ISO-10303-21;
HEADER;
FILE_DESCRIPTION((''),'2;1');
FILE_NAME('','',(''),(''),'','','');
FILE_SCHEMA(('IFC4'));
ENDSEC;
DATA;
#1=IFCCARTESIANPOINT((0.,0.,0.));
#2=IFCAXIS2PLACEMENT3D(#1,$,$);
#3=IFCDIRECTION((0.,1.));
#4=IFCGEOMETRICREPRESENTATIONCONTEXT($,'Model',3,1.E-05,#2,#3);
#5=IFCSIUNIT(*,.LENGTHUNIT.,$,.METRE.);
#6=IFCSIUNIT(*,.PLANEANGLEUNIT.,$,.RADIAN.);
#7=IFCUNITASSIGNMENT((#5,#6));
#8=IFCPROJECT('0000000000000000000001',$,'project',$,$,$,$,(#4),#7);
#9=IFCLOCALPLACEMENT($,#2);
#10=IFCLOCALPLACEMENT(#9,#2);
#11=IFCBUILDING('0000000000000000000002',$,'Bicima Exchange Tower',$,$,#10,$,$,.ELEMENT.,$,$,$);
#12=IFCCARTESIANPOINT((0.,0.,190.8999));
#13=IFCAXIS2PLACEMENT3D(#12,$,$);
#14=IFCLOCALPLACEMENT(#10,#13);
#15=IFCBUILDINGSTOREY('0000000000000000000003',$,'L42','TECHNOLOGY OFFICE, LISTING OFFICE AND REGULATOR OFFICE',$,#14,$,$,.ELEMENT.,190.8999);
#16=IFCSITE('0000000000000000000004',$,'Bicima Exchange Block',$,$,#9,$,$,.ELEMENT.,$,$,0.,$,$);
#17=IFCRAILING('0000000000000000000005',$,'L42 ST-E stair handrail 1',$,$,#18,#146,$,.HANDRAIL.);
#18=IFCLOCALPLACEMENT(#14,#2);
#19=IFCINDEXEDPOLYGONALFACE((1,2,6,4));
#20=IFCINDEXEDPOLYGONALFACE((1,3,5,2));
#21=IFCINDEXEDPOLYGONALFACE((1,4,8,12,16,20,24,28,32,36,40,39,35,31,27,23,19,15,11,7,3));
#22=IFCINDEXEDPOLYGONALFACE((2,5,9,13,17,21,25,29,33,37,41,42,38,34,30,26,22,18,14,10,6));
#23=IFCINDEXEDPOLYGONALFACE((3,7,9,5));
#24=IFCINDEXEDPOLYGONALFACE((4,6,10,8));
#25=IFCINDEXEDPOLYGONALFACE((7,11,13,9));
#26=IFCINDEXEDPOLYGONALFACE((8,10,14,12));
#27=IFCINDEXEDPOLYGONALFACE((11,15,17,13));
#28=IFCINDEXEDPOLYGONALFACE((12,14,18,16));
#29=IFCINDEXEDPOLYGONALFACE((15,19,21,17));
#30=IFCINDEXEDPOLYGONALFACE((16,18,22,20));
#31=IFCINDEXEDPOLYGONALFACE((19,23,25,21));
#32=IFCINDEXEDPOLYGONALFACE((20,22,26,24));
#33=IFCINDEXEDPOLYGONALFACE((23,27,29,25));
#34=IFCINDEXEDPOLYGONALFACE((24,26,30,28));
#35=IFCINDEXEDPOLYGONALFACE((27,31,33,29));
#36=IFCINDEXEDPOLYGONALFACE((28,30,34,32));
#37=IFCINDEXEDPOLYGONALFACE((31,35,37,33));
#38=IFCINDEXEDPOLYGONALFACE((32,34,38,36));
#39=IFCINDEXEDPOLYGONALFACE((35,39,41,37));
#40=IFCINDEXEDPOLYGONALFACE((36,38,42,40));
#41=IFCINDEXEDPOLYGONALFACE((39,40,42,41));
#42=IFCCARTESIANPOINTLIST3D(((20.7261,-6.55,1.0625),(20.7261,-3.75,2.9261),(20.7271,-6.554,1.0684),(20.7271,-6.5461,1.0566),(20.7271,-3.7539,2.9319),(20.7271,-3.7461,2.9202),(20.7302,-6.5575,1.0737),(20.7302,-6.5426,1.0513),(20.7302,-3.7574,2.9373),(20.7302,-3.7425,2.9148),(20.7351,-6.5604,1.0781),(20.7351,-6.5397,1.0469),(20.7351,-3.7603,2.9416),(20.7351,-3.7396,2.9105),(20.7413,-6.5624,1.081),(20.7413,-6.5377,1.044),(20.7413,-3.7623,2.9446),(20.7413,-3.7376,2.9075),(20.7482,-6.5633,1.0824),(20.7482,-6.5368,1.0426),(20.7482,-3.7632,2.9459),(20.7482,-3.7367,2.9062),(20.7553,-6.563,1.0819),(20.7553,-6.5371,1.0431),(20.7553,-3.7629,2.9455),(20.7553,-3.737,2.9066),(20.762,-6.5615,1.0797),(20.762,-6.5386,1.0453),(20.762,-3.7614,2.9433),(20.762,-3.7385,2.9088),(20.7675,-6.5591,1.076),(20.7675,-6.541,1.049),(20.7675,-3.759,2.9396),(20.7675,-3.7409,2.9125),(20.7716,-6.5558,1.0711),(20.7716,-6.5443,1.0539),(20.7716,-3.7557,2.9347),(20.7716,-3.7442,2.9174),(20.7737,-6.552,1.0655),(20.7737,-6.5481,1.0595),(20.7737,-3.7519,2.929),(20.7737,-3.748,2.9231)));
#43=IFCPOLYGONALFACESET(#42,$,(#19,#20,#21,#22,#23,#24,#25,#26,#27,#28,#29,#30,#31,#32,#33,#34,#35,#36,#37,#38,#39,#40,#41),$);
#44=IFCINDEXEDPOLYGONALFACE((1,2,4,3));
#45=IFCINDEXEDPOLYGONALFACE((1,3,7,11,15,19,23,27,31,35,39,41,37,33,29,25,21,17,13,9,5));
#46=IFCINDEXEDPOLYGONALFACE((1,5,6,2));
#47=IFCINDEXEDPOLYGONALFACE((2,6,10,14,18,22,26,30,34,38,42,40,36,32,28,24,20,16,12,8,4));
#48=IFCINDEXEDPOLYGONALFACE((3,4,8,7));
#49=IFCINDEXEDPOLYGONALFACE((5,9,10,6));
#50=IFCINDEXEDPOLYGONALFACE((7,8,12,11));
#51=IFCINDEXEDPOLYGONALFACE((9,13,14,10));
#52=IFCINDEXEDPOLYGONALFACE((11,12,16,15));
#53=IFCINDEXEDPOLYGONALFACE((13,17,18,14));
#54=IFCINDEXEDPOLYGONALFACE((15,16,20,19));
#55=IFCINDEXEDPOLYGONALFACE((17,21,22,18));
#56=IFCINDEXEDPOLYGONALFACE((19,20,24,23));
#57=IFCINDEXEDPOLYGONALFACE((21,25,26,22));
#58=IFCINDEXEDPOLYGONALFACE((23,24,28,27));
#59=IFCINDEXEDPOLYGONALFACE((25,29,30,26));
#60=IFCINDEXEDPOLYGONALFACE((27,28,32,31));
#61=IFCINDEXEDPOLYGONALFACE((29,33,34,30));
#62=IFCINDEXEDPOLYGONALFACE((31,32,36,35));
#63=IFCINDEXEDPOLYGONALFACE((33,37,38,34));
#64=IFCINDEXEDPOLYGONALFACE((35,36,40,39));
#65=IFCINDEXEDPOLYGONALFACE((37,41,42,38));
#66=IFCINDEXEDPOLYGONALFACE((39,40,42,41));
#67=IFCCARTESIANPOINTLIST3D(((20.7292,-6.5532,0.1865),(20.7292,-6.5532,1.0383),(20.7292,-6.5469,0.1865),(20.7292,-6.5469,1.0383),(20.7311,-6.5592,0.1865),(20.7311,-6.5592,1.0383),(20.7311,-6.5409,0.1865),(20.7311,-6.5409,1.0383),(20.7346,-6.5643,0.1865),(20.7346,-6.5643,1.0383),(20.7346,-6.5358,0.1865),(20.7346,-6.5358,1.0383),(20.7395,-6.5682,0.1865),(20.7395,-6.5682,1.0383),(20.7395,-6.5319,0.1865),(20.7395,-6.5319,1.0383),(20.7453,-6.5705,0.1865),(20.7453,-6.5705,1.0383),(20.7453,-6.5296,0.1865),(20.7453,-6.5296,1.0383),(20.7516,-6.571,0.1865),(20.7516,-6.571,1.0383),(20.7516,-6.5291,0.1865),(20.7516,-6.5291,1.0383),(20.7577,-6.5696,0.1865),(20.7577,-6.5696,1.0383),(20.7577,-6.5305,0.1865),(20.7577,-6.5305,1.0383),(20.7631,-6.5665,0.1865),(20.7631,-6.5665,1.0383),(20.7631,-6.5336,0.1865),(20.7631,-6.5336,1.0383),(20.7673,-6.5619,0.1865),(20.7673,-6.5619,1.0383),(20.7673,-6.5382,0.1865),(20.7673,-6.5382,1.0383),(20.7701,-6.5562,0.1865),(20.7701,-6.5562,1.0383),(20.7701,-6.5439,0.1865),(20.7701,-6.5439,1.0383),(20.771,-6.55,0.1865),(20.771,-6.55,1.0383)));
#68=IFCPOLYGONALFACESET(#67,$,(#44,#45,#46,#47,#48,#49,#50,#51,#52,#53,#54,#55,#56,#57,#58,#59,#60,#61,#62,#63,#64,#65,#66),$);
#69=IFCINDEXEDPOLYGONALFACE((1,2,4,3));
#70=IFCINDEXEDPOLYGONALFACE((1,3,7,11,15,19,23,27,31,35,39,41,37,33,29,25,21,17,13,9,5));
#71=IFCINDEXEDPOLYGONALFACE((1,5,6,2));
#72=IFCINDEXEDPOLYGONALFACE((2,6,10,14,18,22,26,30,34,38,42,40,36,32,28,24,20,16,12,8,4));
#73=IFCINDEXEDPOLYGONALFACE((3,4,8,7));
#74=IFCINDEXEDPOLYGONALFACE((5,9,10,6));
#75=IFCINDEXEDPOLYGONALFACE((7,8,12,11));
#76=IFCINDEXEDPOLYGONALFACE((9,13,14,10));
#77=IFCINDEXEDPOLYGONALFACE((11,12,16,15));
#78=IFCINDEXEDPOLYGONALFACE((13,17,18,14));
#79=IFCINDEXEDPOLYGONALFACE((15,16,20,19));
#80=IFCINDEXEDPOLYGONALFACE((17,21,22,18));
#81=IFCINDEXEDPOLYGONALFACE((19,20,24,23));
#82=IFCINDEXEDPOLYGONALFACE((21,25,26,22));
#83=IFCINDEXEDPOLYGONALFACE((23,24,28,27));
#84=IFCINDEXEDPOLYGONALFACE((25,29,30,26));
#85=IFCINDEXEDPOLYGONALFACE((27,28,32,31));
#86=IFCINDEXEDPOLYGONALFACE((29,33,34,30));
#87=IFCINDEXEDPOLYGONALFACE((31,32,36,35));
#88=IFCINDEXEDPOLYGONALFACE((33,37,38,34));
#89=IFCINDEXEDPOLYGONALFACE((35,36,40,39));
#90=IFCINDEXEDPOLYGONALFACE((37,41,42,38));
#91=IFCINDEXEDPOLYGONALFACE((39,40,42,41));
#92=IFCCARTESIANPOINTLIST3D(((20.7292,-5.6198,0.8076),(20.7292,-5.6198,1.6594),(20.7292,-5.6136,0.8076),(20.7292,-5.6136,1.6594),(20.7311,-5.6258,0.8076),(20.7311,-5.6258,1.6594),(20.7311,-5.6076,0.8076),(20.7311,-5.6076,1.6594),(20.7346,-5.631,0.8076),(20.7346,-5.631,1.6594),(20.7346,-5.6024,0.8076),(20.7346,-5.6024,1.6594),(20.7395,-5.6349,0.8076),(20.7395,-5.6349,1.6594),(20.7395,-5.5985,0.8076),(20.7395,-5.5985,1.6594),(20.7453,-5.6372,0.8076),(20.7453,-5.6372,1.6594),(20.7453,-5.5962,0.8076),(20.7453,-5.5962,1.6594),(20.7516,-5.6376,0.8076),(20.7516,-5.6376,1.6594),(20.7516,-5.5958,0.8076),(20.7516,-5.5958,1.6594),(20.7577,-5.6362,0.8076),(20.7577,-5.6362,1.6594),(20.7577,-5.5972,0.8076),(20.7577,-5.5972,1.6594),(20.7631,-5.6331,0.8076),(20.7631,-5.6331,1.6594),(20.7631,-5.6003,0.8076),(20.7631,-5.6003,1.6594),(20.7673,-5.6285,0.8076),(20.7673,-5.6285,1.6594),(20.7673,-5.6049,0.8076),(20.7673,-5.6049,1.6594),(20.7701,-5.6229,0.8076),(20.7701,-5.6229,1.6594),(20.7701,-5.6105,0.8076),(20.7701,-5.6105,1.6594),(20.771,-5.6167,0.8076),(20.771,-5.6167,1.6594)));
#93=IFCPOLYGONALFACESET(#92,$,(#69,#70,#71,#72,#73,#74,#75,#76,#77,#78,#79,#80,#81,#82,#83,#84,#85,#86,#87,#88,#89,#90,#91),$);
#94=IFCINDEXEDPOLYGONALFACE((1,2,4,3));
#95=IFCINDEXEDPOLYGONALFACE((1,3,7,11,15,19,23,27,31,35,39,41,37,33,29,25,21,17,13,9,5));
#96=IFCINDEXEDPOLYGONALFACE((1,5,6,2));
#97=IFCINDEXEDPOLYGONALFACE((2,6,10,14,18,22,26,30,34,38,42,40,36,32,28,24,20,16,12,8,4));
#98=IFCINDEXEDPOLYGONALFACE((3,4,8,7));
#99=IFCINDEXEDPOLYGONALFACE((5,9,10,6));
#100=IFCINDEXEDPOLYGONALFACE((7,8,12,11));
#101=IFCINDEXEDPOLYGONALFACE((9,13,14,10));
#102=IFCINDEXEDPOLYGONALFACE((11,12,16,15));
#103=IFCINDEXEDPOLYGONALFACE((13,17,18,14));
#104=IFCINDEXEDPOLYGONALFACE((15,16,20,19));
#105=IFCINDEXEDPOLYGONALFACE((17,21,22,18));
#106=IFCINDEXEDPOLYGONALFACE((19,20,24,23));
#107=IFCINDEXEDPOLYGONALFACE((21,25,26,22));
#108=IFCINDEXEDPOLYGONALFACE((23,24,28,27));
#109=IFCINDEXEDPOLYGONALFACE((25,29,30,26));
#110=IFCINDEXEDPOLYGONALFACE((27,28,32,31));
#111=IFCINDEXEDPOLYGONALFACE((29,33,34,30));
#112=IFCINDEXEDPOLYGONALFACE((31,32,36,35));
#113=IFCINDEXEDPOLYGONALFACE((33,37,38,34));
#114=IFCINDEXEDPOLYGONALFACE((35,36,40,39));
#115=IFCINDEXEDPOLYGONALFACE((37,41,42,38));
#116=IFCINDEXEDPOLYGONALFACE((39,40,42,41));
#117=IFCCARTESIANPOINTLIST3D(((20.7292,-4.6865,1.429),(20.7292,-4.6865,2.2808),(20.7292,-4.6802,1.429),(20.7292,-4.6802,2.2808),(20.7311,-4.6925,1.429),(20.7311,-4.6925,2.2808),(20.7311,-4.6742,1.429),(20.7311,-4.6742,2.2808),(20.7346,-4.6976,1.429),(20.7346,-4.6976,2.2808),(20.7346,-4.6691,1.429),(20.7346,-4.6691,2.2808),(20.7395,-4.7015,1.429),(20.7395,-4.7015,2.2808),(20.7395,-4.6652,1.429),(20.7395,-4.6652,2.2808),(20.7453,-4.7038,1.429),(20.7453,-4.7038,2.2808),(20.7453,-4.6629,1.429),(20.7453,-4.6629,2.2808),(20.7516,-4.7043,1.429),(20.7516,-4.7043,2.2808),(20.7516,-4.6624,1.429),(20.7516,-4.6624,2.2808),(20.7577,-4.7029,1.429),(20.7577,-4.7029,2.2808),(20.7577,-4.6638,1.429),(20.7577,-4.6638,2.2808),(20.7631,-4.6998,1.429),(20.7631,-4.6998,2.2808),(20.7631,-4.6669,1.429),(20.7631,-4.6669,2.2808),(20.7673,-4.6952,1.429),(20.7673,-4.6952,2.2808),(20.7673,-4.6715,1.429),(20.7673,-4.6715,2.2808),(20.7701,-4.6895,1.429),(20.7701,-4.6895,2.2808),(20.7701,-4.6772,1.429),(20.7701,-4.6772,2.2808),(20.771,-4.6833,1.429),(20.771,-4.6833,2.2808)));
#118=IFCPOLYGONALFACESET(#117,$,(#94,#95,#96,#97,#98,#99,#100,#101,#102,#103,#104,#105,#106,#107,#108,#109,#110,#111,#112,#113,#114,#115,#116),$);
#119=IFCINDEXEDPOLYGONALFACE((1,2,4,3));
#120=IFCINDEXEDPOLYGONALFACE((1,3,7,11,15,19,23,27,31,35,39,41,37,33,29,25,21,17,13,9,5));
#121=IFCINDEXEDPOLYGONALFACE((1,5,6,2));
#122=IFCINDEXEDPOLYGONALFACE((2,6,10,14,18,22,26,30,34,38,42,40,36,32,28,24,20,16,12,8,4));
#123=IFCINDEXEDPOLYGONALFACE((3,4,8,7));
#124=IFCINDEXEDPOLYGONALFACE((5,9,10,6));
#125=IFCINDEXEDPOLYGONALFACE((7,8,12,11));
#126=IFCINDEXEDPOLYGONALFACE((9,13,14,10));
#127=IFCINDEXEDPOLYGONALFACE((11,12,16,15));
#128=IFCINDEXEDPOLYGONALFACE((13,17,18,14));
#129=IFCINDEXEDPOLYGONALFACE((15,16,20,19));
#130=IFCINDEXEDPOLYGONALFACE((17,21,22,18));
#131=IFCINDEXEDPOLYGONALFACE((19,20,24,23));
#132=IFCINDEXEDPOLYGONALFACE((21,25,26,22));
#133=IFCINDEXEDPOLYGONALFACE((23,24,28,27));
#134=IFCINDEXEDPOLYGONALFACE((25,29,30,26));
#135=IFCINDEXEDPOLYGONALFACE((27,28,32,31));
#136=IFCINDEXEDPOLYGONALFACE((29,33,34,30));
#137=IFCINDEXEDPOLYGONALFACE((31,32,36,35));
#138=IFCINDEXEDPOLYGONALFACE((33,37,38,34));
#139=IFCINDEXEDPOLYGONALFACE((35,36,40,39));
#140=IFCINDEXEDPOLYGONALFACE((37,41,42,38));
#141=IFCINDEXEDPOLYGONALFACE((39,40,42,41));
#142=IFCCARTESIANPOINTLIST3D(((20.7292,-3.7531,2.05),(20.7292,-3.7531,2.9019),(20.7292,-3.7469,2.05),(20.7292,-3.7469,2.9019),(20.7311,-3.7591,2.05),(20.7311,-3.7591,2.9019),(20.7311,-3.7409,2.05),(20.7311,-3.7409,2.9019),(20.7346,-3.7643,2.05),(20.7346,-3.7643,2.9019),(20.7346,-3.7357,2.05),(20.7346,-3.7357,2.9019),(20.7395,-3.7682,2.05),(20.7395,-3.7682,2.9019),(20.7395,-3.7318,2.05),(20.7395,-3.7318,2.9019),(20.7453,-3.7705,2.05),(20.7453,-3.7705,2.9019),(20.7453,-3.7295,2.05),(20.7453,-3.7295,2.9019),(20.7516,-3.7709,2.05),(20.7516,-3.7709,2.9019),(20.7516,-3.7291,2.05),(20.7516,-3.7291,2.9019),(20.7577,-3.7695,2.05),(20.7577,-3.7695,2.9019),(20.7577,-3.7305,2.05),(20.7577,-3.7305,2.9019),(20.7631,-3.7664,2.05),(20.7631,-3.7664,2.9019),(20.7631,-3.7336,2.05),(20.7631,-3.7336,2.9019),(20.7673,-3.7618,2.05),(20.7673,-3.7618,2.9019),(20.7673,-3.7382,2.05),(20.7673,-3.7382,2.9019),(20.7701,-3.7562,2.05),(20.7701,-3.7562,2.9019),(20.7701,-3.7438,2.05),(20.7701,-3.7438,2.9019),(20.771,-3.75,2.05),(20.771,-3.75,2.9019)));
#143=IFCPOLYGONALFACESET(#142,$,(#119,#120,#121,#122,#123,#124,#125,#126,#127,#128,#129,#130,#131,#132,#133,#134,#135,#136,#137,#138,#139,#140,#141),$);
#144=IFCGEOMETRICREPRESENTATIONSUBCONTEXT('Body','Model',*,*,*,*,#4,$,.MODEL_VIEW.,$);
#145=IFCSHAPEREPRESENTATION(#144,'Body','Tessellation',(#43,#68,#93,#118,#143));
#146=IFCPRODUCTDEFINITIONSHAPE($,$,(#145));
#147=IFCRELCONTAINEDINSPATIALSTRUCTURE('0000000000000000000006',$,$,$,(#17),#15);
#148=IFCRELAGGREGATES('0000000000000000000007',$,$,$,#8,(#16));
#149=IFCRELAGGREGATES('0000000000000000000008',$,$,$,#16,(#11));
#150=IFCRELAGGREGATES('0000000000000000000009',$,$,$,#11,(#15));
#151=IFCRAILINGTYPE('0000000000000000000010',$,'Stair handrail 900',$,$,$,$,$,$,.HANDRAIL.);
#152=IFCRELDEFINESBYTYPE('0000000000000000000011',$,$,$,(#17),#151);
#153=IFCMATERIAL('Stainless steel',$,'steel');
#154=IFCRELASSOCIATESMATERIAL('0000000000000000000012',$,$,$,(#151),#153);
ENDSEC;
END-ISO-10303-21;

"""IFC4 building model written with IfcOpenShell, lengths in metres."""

from ifc_helpers import new_model, si_unit, direction, frame, origin, origin_2d, place, context, subcontext, project, spatial, circle, extrude, material, type_object, element, save


model = new_model("IFC4")

# Units and contexts
model_context = context("Model", 3, precision=1e-05, world=origin(), true_north=direction((0.0, 1.0)))
body_context = subcontext(model_context, "Body", "Model", "MODEL_VIEW")
ifc_project = project(units=[si_unit("LENGTHUNIT", "METRE"), si_unit("PLANEANGLEUNIT", "RADIAN")], contexts=[model_context])

# Site, building, storey
site_placement = place(None, origin())
site = spatial("IfcSite", under=ifc_project, at=site_placement, Name="Bicima Exchange Block", CompositionType="ELEMENT", RefElevation=0.0)
building_placement = place(site_placement, origin())
building = spatial("IfcBuilding", under=site, at=building_placement, Name="Bicima Exchange Tower", CompositionType="ELEMENT")
storey_placement = place(building_placement, frame((0.0, 0.0, 190.8999)))
storey = spatial("IfcBuildingStorey", under=building, at=storey_placement, Name="L42", Description="TECHNOLOGY OFFICE, LISTING OFFICE AND REGULATOR OFFICE", CompositionType="ELEMENT", Elevation=190.8999)

# Railing
ifc_material_1 = material(Name="Stainless steel", Category="steel")
railing_type_1 = type_object("IfcRailingType", Name="Stair handrail 900", PredefinedType="HANDRAIL", material=ifc_material_1)
railing_1_placement = place(storey_placement, frame((20.75, -6.55, 0.1865)))
element("IfcRailing", 1, at=railing_1_placement, inside=storey, type_object=railing_type_1, Name="L42 ST-E stair handrail 1", PredefinedType="HANDRAIL", context=body_context, shape_type="SweptSolid", body=[
    extrude(circle(Radius=0.0239, at=origin_2d()), frame((0.0, 0.0, 0.876), z_axis=(0.0, 0.832486, 0.554047), x_axis=(-1.0, 0.0, 0.0)), (0.0, 0.0, 1.0), 3.3635),
    extrude(circle(Radius=0.021, at=origin_2d()), origin(), (0.0, 0.0, 1.0), 0.8518),
    extrude(circle(Radius=0.021, at=origin_2d()), frame((0.0, 0.9333, 0.6211)), (0.0, 0.0, 1.0), 0.8518),
    extrude(circle(Radius=0.021, at=origin_2d()), frame((0.0, 1.8667, 1.2424)), (0.0, 0.0, 1.0), 0.8518),
    extrude(circle(Radius=0.021, at=origin_2d()), frame((0.0, 2.8, 1.8635)), (0.0, 0.0, 1.0), 0.8518),
])

save(model, "model.ifc")
